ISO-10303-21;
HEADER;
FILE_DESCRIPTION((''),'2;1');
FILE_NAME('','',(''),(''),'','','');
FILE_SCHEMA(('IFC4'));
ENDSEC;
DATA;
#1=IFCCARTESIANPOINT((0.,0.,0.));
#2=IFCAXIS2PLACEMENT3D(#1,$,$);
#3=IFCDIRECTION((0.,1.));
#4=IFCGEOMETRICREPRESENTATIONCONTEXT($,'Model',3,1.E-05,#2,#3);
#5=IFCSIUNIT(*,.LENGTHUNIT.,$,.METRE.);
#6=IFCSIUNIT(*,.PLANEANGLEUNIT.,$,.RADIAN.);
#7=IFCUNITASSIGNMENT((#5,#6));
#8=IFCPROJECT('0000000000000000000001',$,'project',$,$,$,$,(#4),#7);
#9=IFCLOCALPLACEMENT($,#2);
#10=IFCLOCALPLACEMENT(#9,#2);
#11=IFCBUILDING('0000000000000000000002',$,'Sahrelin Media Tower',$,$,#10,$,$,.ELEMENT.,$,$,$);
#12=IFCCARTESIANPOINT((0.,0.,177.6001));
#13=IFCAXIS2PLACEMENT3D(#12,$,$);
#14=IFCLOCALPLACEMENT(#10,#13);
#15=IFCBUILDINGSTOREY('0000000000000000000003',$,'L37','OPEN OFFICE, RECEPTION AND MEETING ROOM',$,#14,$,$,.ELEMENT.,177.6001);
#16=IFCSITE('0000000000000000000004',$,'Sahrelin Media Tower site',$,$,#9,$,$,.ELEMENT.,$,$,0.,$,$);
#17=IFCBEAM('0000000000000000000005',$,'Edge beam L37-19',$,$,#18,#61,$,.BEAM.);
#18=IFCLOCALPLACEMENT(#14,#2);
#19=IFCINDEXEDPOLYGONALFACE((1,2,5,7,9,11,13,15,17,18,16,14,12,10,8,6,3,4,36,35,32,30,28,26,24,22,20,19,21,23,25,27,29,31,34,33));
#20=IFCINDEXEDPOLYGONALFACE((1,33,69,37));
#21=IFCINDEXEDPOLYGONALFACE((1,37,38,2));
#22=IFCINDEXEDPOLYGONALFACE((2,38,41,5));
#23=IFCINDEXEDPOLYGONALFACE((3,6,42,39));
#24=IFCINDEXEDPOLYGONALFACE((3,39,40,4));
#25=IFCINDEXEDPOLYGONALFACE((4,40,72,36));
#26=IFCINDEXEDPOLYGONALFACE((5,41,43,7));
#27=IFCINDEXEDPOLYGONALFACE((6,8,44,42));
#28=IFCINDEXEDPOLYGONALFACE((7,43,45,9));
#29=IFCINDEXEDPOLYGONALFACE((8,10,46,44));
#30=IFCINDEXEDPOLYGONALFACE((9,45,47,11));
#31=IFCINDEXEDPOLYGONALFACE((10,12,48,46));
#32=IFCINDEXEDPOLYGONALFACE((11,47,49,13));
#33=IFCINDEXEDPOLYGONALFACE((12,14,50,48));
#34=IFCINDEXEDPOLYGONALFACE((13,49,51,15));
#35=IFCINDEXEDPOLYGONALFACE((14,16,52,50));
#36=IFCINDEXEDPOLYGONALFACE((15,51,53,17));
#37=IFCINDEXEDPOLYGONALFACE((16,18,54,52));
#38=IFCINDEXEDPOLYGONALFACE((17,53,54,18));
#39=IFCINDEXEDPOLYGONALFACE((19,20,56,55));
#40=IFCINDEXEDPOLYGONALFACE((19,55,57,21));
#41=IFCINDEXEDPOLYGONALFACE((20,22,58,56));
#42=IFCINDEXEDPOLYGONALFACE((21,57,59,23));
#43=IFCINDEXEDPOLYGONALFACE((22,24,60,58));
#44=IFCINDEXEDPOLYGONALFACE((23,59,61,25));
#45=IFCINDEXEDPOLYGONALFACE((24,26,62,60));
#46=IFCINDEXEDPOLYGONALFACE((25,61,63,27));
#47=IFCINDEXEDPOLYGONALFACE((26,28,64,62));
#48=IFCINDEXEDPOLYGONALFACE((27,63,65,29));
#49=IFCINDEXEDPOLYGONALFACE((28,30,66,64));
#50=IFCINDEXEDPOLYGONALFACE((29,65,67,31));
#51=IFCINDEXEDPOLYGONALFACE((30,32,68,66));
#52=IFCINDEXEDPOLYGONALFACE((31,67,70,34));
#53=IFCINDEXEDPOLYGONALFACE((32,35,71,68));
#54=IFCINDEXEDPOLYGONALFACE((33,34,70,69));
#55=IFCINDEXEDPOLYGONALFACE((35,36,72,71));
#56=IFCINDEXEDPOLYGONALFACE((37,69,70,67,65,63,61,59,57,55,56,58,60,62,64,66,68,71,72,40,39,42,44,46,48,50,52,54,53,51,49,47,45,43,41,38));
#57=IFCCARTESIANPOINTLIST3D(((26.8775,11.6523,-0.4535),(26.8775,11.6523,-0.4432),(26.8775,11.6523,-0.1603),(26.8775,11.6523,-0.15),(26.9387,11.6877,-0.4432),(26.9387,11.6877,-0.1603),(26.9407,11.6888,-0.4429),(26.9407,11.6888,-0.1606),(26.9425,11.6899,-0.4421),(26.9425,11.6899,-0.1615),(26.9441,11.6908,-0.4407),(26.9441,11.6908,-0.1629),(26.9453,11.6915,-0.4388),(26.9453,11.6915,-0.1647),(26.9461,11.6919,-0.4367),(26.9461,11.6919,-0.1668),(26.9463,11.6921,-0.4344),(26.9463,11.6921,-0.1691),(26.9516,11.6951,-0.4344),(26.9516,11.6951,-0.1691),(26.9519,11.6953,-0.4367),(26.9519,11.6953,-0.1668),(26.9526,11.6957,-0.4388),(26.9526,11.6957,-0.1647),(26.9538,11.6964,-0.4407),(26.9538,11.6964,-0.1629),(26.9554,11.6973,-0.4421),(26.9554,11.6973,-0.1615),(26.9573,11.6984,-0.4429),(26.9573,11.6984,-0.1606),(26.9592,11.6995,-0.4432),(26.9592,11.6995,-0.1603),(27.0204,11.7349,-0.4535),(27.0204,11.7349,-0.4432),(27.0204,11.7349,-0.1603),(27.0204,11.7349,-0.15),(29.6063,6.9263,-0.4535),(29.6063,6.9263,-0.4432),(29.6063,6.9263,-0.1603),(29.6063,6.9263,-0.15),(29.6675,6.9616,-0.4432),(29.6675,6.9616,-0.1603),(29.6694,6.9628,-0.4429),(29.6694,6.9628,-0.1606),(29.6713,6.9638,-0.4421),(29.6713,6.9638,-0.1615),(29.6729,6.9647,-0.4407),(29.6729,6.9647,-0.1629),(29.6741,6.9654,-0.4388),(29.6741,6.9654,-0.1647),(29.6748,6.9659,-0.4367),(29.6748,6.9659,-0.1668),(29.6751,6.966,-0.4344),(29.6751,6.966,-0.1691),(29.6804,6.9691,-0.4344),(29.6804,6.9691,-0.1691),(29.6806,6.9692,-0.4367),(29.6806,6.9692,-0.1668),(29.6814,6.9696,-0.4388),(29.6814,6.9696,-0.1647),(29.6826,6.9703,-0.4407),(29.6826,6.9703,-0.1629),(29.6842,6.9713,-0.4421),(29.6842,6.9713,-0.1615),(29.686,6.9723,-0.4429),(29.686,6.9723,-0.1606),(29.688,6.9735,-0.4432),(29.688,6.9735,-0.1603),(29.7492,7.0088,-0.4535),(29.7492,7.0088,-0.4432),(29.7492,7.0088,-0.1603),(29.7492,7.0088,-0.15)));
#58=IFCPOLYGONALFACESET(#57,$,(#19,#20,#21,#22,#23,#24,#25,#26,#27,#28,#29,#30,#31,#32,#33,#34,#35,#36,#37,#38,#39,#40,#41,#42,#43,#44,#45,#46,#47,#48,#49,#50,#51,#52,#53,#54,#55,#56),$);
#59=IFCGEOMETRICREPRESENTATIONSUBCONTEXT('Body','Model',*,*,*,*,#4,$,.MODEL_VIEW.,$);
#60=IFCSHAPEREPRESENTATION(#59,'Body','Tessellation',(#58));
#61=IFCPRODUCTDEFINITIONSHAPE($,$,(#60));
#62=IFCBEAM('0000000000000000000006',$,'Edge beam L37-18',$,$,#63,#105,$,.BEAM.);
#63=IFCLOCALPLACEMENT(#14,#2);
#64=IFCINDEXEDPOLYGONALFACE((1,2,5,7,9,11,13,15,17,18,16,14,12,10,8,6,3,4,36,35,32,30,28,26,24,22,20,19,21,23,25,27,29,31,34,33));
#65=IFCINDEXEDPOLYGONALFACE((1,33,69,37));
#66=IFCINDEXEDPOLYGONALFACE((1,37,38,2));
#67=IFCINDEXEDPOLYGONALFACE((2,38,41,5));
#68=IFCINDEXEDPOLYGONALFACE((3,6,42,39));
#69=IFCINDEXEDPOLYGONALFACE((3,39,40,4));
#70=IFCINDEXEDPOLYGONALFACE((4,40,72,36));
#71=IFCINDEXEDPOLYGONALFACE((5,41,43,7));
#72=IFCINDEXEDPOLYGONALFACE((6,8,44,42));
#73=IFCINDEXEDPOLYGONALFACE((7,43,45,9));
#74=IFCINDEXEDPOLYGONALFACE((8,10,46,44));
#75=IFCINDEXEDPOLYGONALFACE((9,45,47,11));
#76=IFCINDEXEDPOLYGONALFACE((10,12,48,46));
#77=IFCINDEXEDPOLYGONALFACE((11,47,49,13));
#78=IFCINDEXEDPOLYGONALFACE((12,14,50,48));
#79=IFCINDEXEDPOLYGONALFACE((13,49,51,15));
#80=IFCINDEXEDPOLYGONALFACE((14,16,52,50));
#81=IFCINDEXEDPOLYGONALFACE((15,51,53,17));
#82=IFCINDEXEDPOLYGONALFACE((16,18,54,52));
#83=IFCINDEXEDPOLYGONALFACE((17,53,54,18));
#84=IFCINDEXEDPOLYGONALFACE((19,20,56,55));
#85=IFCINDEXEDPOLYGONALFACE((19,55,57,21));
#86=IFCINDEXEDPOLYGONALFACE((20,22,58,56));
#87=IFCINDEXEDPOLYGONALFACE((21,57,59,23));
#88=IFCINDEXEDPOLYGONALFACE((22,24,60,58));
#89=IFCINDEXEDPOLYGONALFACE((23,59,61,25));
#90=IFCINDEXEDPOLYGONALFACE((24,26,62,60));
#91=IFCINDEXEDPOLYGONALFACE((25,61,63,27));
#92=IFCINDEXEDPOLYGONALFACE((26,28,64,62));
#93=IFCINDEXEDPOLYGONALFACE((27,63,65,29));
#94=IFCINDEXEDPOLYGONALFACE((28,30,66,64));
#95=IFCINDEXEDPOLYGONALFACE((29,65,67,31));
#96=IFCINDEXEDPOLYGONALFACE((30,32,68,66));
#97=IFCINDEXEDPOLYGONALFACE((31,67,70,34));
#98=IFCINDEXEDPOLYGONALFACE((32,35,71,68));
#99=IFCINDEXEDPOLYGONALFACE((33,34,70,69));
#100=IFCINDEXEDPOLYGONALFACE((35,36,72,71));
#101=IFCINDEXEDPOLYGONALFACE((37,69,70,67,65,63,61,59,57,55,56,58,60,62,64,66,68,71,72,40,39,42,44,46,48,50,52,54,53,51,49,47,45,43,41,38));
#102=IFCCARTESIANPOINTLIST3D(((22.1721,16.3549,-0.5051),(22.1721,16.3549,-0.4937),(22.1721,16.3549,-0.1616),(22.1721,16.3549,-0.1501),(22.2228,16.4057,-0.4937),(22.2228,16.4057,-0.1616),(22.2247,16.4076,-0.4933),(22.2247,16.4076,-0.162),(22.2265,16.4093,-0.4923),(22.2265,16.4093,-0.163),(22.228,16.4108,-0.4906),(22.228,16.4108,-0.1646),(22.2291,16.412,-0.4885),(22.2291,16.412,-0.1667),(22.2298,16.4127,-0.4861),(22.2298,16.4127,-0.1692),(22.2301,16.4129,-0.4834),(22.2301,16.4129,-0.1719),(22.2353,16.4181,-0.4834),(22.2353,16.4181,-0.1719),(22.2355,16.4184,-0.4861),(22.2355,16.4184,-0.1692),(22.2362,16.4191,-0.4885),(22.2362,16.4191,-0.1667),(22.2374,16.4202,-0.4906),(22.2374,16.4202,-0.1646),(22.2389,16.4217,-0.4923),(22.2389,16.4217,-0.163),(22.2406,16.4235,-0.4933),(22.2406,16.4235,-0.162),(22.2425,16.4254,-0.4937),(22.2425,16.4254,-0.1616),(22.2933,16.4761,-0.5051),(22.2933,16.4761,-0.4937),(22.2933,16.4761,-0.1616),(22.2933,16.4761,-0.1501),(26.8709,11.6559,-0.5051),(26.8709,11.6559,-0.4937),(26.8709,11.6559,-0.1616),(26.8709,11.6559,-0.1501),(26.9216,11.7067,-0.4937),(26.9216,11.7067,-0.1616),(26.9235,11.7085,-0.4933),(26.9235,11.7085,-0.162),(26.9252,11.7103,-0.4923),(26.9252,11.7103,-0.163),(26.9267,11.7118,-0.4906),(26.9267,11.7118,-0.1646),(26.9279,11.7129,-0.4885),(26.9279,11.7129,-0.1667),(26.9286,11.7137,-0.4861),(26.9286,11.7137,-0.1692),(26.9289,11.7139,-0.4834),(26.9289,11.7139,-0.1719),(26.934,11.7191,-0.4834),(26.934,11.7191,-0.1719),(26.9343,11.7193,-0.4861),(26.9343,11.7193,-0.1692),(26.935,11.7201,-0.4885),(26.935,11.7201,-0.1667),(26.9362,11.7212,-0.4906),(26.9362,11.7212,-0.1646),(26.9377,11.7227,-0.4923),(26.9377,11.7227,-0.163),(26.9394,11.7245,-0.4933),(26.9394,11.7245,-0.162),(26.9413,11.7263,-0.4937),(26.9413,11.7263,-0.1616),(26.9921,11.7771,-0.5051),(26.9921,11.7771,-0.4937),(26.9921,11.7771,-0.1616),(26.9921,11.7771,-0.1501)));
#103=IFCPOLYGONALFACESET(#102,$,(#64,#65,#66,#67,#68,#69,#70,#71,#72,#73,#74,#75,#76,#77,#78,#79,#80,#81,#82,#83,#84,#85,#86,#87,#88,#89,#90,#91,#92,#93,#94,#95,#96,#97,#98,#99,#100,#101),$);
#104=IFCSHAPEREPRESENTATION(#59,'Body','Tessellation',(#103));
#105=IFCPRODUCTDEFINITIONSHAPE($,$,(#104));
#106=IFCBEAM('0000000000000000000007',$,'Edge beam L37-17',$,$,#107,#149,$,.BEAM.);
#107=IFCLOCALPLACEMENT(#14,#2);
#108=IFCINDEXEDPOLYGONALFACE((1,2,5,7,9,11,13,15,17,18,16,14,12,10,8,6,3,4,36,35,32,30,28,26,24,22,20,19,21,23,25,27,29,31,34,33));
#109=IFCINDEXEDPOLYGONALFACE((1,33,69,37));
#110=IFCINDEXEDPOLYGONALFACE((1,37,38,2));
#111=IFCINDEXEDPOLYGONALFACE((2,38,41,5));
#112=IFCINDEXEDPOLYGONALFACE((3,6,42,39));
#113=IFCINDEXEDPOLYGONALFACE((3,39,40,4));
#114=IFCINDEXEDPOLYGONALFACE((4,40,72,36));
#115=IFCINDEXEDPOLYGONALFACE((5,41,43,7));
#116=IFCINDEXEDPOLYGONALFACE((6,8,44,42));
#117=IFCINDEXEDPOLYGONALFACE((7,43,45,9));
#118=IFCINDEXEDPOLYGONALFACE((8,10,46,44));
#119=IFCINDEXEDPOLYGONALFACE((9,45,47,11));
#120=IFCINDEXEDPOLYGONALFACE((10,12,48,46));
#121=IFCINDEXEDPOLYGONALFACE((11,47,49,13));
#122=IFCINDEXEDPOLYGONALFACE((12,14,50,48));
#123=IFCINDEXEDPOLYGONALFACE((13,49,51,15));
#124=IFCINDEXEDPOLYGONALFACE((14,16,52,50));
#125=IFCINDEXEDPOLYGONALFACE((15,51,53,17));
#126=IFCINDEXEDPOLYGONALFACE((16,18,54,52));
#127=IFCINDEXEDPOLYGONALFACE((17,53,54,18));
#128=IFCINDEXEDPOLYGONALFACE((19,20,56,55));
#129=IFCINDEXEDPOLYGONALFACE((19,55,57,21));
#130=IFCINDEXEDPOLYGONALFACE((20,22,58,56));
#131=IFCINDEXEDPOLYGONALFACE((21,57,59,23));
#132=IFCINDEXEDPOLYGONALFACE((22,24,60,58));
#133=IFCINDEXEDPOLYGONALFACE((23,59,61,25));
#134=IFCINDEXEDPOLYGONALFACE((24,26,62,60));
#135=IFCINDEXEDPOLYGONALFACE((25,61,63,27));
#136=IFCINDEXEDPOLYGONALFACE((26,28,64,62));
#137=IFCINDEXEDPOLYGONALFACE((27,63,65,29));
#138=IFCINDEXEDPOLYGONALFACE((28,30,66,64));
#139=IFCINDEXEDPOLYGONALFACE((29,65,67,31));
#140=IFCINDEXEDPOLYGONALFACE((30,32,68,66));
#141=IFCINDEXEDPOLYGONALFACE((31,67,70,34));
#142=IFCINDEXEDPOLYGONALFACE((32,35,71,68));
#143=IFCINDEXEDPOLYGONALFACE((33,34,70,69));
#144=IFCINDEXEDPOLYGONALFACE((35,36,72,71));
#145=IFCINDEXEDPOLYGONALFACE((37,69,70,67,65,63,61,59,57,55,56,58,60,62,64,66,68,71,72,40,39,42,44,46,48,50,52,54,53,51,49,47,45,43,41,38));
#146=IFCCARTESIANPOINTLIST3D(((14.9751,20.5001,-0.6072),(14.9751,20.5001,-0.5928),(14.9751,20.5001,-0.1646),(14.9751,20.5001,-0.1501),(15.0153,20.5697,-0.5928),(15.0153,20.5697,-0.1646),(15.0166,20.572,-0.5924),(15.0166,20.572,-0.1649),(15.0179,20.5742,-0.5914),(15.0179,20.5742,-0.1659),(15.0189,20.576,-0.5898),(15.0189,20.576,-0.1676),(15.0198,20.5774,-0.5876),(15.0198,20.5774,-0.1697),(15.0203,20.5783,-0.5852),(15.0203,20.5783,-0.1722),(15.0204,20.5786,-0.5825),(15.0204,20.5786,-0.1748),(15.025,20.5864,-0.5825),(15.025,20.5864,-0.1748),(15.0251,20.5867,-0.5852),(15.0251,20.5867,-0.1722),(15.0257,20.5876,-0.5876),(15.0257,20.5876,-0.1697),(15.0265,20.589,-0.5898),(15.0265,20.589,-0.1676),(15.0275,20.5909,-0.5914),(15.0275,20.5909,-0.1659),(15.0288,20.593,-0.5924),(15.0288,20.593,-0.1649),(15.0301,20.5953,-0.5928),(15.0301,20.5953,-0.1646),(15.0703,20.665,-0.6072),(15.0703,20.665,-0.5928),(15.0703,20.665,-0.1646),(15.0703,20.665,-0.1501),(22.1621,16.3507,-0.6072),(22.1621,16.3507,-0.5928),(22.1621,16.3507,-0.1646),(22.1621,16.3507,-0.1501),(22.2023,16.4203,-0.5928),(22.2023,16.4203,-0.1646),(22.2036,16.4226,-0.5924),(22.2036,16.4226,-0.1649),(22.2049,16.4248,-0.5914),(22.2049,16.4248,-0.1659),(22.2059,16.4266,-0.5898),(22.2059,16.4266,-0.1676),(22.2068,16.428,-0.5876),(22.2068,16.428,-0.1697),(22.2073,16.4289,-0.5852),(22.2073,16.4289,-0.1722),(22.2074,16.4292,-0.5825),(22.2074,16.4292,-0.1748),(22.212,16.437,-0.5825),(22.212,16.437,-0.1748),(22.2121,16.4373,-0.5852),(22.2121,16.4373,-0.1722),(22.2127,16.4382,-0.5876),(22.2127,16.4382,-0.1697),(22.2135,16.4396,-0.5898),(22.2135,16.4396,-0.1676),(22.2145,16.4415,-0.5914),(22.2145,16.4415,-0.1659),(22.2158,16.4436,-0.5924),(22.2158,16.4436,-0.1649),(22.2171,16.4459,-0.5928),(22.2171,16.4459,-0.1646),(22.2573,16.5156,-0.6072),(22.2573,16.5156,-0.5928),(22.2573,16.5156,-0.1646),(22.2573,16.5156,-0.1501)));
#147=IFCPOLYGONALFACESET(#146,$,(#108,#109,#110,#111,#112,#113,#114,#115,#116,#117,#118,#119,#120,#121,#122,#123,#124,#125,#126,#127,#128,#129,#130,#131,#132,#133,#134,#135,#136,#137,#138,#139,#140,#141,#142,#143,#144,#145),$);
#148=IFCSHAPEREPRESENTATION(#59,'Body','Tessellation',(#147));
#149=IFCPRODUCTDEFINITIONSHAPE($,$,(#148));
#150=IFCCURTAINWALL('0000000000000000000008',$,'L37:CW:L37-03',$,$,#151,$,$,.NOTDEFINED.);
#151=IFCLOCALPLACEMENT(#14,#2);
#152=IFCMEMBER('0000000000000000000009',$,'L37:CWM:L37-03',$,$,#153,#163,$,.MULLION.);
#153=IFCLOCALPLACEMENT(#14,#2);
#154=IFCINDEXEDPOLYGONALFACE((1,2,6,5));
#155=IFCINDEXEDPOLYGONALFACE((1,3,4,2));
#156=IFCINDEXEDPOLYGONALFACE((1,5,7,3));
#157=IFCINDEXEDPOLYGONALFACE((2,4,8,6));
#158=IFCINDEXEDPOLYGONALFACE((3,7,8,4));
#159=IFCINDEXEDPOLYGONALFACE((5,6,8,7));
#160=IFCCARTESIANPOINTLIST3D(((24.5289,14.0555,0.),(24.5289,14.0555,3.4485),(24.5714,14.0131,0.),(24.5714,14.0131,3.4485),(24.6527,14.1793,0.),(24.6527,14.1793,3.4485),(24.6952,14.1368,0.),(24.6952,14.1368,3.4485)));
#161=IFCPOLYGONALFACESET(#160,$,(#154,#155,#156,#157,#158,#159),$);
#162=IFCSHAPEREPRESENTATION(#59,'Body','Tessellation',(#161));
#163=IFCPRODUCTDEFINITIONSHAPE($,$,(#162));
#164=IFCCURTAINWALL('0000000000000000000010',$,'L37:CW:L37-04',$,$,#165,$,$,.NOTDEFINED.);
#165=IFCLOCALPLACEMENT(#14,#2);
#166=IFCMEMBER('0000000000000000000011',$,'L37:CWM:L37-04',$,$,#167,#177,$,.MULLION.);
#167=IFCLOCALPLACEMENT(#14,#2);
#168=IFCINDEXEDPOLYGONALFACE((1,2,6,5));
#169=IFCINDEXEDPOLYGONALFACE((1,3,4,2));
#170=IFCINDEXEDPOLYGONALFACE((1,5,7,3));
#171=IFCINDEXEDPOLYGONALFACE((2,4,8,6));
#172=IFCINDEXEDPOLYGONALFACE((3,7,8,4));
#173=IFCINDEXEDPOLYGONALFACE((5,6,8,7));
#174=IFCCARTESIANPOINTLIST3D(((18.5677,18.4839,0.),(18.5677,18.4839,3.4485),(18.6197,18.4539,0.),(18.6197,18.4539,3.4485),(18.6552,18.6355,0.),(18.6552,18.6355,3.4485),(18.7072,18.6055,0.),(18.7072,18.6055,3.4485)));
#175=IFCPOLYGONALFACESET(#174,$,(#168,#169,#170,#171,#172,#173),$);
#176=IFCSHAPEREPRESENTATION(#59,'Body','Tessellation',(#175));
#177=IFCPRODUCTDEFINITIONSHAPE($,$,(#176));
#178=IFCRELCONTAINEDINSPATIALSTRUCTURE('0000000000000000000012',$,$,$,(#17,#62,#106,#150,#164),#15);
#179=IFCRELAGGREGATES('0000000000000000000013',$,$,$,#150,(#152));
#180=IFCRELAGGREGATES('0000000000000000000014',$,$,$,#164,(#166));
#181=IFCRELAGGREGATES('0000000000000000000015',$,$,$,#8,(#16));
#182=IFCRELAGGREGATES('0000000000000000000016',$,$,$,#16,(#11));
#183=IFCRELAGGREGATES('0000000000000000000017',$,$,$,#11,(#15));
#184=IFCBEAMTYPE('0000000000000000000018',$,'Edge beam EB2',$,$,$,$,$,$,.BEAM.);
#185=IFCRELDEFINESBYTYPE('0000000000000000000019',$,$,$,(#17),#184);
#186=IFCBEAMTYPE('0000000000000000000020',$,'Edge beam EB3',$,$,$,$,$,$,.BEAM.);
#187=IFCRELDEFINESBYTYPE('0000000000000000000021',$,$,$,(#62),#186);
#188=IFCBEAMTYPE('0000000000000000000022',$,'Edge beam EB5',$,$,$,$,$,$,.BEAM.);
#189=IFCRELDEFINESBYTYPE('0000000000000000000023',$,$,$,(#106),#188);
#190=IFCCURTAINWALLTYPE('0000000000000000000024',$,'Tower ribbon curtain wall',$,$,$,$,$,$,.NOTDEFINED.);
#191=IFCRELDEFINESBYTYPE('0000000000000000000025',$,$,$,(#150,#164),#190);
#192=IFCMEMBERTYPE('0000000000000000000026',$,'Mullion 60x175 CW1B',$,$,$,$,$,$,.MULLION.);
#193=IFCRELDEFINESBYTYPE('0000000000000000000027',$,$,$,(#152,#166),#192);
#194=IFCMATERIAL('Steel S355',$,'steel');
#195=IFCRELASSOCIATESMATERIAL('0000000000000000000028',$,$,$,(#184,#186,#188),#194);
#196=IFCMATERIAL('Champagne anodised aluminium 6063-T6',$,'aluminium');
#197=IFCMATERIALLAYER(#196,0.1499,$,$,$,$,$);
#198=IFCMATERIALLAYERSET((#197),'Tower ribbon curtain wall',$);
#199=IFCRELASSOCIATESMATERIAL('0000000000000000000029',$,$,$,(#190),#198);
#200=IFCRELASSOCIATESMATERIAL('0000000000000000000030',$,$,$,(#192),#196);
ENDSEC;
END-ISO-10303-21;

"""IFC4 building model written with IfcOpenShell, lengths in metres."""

from ifc_helpers import new_model, si_unit, direction, frame, origin, origin_2d, place, context, subcontext, project, spatial, rectangle, i_section, extrude, material, layer, layer_set, material_profile, profile_set, type_object, element, aggregate, save


model = new_model("IFC4")

# Units and contexts
model_context = context("Model", 3, precision=1e-05, world=origin(), true_north=direction((0.0, 1.0)))
body_context = subcontext(model_context, "Body", "Model", "MODEL_VIEW")
ifc_project = project(units=[si_unit("LENGTHUNIT", "METRE"), si_unit("PLANEANGLEUNIT", "RADIAN")], contexts=[model_context])

# Site, building, storey
site_placement = place(None, origin())
site = spatial("IfcSite", under=ifc_project, at=site_placement, Name="Sahrelin Media Tower site", CompositionType="ELEMENT", RefElevation=0.0)
building_placement = place(site_placement, origin())
building = spatial("IfcBuilding", under=site, at=building_placement, Name="Sahrelin Media Tower", CompositionType="ELEMENT")
storey_placement = place(building_placement, frame((0.0, 0.0, 177.6001)))
storey = spatial("IfcBuildingStorey", under=building, at=storey_placement, Name="L37", Description="OPEN OFFICE, RECEPTION AND MEETING ROOM", CompositionType="ELEMENT", Elevation=177.6001)

# Beams
ifc_material_1 = material(Name="Steel S355", Category="steel")
ifc_material_profile_1 = material_profile(ifc_material_1, i_section(OverallWidth=0.165, OverallDepth=0.3035, WebThickness=0.0061, FlangeThickness=0.0103, FilletRadius=0.0088, at=origin_2d()), Name="UB 305x165x40")
ifc_profile_set_1 = profile_set([ifc_material_profile_1], Name="Steel S355")
beam_type_1 = type_object("IfcBeamType", Name="Edge beam EB2", PredefinedType="BEAM", material=ifc_profile_set_1)
beam_1_placement = place(storey_placement, frame((26.949, 11.6936, -0.3018), z_axis=(0.500022, -0.866013, 0.0), x_axis=(0.866013, 0.500022, 0.0)))
element("IfcBeam", 1, at=beam_1_placement, inside=storey, type_object=beam_type_1, Name="Edge beam L37-19", PredefinedType="BEAM", context=body_context, shape_type="SweptSolid", body=[
    extrude(i_section(OverallWidth=0.165, OverallDepth=0.3035, WebThickness=0.0061, FlangeThickness=0.0103, FilletRadius=0.0088, at=origin_2d()), origin(), (0.0, 0.0, 1.0), 5.4573),
])
ifc_material_profile_2 = material_profile(ifc_material_1, i_section(OverallWidth=0.1714, OverallDepth=0.355, WebThickness=0.0073, FlangeThickness=0.0115, FilletRadius=0.0103, at=origin_2d()), Name="UB 356x171x51")
ifc_profile_set_2 = profile_set([ifc_material_profile_2], Name="Steel S355")
beam_type_2 = type_object("IfcBeamType", Name="Edge beam EB3", PredefinedType="BEAM", material=ifc_profile_set_2)
beam_2_placement = place(storey_placement, frame((22.2327, 16.4155, -0.3276), z_axis=(0.707088, -0.707125, 0.0), x_axis=(0.707125, 0.707088, 0.0)))
element("IfcBeam", 2, at=beam_2_placement, inside=storey, type_object=beam_type_2, Name="Edge beam L37-18", PredefinedType="BEAM", context=body_context, shape_type="SweptSolid", body=[
    extrude(i_section(OverallWidth=0.1714, OverallDepth=0.355, WebThickness=0.0073, FlangeThickness=0.0115, FilletRadius=0.0103, at=origin_2d()), origin(), (0.0, 0.0, 1.0), 6.6453),
])
ifc_material_profile_3 = material_profile(ifc_material_1, i_section(OverallWidth=0.1904, OverallDepth=0.457, WebThickness=0.009, FlangeThickness=0.0144, FilletRadius=0.0103, at=origin_2d()), Name="UB 457x191x74")
ifc_profile_set_3 = profile_set([ifc_material_profile_3], Name="Steel S355")
beam_type_3 = type_object("IfcBeamType", Name="Edge beam EB5", PredefinedType="BEAM", material=ifc_profile_set_3)
beam_3_placement = place(storey_placement, frame((15.0227, 20.5825, -0.3787), z_axis=(0.866026, -0.499999, 0.0), x_axis=(0.499999, 0.866026, 0.0)))
element("IfcBeam", 3, at=beam_3_placement, inside=storey, type_object=beam_type_3, Name="Edge beam L37-17", PredefinedType="BEAM", context=body_context, shape_type="SweptSolid", body=[
    extrude(i_section(OverallWidth=0.1904, OverallDepth=0.457, WebThickness=0.009, FlangeThickness=0.0144, FilletRadius=0.0103, at=origin_2d()), origin(), (0.0, 0.0, 1.0), 8.2988),
])

# Curtain walls, members
ifc_material_2 = material(Name="Champagne anodised aluminium 6063-T6", Category="aluminium")
ifc_layer_1 = layer(ifc_material_2, 0.1499)
ifc_layer_set_1 = layer_set([ifc_layer_1], Name="Tower ribbon curtain wall")
curtain_wall_type = type_object("IfcCurtainWallType", Name="Tower ribbon curtain wall", PredefinedType="NOTDEFINED", material=ifc_layer_set_1)
curtain_wall_1_placement = place(storey_placement, frame((24.6882, 14.1721, 0.0), z_axis=(0.0, 0.0, 1.0), x_axis=(1.0, 0.0, 0.0)))
curtain_wall_1 = element("IfcCurtainWall", 4, at=curtain_wall_1_placement, inside=storey, type_object=curtain_wall_type, Name="L37:CW:L37-03", PredefinedType="NOTDEFINED")
ifc_material_profile_4 = material_profile(ifc_material_2, rectangle(XDim=0.0601, YDim=0.175, at=origin_2d()), Name="Mullion 60x175")
ifc_profile_set_4 = profile_set([ifc_material_profile_4], Name="Champagne anodised aluminium 6063-T6")
member_type_1 = type_object("IfcMemberType", Name="Mullion 60x175 CW1B", PredefinedType="MULLION", material=ifc_profile_set_4)
member_1_placement = place(storey_placement, frame((24.6121, 14.0962, 0.0), z_axis=(0.0, 0.0, 1.0), x_axis=(-0.707099, 0.707114, 0.0)))
member_1 = element("IfcMember", 5, at=member_1_placement, type_object=member_type_1, Name="L37:CWM:L37-03", PredefinedType="MULLION", context=body_context, shape_type="SweptSolid", body=[
    extrude(rectangle(XDim=0.0601, YDim=0.175, at=origin_2d()), origin(), (0.0, 0.0, 1.0), 3.4485),
])
curtain_wall_2_placement = place(storey_placement, frame((18.6912, 18.6377, 0.0), z_axis=(0.0, 0.0, 1.0), x_axis=(1.0, 0.0, 0.0)))
curtain_wall_2 = element("IfcCurtainWall", 6, at=curtain_wall_2_placement, inside=storey, type_object=curtain_wall_type, Name="L37:CW:L37-04", PredefinedType="NOTDEFINED")
member_2_placement = place(storey_placement, frame((18.6375, 18.5447, 0.0), z_axis=(0.0, 0.0, 1.0), x_axis=(-0.866027, 0.499997, 0.0)))
member_2 = element("IfcMember", 7, at=member_2_placement, type_object=member_type_1, Name="L37:CWM:L37-04", PredefinedType="MULLION", context=body_context, shape_type="SweptSolid", body=[
    extrude(rectangle(XDim=0.0601, YDim=0.175, at=origin_2d()), origin(), (0.0, 0.0, 1.0), 3.4485),
])

aggregate(curtain_wall_1, [member_1])
aggregate(curtain_wall_2, [member_2])

save(model, "model.ifc")
